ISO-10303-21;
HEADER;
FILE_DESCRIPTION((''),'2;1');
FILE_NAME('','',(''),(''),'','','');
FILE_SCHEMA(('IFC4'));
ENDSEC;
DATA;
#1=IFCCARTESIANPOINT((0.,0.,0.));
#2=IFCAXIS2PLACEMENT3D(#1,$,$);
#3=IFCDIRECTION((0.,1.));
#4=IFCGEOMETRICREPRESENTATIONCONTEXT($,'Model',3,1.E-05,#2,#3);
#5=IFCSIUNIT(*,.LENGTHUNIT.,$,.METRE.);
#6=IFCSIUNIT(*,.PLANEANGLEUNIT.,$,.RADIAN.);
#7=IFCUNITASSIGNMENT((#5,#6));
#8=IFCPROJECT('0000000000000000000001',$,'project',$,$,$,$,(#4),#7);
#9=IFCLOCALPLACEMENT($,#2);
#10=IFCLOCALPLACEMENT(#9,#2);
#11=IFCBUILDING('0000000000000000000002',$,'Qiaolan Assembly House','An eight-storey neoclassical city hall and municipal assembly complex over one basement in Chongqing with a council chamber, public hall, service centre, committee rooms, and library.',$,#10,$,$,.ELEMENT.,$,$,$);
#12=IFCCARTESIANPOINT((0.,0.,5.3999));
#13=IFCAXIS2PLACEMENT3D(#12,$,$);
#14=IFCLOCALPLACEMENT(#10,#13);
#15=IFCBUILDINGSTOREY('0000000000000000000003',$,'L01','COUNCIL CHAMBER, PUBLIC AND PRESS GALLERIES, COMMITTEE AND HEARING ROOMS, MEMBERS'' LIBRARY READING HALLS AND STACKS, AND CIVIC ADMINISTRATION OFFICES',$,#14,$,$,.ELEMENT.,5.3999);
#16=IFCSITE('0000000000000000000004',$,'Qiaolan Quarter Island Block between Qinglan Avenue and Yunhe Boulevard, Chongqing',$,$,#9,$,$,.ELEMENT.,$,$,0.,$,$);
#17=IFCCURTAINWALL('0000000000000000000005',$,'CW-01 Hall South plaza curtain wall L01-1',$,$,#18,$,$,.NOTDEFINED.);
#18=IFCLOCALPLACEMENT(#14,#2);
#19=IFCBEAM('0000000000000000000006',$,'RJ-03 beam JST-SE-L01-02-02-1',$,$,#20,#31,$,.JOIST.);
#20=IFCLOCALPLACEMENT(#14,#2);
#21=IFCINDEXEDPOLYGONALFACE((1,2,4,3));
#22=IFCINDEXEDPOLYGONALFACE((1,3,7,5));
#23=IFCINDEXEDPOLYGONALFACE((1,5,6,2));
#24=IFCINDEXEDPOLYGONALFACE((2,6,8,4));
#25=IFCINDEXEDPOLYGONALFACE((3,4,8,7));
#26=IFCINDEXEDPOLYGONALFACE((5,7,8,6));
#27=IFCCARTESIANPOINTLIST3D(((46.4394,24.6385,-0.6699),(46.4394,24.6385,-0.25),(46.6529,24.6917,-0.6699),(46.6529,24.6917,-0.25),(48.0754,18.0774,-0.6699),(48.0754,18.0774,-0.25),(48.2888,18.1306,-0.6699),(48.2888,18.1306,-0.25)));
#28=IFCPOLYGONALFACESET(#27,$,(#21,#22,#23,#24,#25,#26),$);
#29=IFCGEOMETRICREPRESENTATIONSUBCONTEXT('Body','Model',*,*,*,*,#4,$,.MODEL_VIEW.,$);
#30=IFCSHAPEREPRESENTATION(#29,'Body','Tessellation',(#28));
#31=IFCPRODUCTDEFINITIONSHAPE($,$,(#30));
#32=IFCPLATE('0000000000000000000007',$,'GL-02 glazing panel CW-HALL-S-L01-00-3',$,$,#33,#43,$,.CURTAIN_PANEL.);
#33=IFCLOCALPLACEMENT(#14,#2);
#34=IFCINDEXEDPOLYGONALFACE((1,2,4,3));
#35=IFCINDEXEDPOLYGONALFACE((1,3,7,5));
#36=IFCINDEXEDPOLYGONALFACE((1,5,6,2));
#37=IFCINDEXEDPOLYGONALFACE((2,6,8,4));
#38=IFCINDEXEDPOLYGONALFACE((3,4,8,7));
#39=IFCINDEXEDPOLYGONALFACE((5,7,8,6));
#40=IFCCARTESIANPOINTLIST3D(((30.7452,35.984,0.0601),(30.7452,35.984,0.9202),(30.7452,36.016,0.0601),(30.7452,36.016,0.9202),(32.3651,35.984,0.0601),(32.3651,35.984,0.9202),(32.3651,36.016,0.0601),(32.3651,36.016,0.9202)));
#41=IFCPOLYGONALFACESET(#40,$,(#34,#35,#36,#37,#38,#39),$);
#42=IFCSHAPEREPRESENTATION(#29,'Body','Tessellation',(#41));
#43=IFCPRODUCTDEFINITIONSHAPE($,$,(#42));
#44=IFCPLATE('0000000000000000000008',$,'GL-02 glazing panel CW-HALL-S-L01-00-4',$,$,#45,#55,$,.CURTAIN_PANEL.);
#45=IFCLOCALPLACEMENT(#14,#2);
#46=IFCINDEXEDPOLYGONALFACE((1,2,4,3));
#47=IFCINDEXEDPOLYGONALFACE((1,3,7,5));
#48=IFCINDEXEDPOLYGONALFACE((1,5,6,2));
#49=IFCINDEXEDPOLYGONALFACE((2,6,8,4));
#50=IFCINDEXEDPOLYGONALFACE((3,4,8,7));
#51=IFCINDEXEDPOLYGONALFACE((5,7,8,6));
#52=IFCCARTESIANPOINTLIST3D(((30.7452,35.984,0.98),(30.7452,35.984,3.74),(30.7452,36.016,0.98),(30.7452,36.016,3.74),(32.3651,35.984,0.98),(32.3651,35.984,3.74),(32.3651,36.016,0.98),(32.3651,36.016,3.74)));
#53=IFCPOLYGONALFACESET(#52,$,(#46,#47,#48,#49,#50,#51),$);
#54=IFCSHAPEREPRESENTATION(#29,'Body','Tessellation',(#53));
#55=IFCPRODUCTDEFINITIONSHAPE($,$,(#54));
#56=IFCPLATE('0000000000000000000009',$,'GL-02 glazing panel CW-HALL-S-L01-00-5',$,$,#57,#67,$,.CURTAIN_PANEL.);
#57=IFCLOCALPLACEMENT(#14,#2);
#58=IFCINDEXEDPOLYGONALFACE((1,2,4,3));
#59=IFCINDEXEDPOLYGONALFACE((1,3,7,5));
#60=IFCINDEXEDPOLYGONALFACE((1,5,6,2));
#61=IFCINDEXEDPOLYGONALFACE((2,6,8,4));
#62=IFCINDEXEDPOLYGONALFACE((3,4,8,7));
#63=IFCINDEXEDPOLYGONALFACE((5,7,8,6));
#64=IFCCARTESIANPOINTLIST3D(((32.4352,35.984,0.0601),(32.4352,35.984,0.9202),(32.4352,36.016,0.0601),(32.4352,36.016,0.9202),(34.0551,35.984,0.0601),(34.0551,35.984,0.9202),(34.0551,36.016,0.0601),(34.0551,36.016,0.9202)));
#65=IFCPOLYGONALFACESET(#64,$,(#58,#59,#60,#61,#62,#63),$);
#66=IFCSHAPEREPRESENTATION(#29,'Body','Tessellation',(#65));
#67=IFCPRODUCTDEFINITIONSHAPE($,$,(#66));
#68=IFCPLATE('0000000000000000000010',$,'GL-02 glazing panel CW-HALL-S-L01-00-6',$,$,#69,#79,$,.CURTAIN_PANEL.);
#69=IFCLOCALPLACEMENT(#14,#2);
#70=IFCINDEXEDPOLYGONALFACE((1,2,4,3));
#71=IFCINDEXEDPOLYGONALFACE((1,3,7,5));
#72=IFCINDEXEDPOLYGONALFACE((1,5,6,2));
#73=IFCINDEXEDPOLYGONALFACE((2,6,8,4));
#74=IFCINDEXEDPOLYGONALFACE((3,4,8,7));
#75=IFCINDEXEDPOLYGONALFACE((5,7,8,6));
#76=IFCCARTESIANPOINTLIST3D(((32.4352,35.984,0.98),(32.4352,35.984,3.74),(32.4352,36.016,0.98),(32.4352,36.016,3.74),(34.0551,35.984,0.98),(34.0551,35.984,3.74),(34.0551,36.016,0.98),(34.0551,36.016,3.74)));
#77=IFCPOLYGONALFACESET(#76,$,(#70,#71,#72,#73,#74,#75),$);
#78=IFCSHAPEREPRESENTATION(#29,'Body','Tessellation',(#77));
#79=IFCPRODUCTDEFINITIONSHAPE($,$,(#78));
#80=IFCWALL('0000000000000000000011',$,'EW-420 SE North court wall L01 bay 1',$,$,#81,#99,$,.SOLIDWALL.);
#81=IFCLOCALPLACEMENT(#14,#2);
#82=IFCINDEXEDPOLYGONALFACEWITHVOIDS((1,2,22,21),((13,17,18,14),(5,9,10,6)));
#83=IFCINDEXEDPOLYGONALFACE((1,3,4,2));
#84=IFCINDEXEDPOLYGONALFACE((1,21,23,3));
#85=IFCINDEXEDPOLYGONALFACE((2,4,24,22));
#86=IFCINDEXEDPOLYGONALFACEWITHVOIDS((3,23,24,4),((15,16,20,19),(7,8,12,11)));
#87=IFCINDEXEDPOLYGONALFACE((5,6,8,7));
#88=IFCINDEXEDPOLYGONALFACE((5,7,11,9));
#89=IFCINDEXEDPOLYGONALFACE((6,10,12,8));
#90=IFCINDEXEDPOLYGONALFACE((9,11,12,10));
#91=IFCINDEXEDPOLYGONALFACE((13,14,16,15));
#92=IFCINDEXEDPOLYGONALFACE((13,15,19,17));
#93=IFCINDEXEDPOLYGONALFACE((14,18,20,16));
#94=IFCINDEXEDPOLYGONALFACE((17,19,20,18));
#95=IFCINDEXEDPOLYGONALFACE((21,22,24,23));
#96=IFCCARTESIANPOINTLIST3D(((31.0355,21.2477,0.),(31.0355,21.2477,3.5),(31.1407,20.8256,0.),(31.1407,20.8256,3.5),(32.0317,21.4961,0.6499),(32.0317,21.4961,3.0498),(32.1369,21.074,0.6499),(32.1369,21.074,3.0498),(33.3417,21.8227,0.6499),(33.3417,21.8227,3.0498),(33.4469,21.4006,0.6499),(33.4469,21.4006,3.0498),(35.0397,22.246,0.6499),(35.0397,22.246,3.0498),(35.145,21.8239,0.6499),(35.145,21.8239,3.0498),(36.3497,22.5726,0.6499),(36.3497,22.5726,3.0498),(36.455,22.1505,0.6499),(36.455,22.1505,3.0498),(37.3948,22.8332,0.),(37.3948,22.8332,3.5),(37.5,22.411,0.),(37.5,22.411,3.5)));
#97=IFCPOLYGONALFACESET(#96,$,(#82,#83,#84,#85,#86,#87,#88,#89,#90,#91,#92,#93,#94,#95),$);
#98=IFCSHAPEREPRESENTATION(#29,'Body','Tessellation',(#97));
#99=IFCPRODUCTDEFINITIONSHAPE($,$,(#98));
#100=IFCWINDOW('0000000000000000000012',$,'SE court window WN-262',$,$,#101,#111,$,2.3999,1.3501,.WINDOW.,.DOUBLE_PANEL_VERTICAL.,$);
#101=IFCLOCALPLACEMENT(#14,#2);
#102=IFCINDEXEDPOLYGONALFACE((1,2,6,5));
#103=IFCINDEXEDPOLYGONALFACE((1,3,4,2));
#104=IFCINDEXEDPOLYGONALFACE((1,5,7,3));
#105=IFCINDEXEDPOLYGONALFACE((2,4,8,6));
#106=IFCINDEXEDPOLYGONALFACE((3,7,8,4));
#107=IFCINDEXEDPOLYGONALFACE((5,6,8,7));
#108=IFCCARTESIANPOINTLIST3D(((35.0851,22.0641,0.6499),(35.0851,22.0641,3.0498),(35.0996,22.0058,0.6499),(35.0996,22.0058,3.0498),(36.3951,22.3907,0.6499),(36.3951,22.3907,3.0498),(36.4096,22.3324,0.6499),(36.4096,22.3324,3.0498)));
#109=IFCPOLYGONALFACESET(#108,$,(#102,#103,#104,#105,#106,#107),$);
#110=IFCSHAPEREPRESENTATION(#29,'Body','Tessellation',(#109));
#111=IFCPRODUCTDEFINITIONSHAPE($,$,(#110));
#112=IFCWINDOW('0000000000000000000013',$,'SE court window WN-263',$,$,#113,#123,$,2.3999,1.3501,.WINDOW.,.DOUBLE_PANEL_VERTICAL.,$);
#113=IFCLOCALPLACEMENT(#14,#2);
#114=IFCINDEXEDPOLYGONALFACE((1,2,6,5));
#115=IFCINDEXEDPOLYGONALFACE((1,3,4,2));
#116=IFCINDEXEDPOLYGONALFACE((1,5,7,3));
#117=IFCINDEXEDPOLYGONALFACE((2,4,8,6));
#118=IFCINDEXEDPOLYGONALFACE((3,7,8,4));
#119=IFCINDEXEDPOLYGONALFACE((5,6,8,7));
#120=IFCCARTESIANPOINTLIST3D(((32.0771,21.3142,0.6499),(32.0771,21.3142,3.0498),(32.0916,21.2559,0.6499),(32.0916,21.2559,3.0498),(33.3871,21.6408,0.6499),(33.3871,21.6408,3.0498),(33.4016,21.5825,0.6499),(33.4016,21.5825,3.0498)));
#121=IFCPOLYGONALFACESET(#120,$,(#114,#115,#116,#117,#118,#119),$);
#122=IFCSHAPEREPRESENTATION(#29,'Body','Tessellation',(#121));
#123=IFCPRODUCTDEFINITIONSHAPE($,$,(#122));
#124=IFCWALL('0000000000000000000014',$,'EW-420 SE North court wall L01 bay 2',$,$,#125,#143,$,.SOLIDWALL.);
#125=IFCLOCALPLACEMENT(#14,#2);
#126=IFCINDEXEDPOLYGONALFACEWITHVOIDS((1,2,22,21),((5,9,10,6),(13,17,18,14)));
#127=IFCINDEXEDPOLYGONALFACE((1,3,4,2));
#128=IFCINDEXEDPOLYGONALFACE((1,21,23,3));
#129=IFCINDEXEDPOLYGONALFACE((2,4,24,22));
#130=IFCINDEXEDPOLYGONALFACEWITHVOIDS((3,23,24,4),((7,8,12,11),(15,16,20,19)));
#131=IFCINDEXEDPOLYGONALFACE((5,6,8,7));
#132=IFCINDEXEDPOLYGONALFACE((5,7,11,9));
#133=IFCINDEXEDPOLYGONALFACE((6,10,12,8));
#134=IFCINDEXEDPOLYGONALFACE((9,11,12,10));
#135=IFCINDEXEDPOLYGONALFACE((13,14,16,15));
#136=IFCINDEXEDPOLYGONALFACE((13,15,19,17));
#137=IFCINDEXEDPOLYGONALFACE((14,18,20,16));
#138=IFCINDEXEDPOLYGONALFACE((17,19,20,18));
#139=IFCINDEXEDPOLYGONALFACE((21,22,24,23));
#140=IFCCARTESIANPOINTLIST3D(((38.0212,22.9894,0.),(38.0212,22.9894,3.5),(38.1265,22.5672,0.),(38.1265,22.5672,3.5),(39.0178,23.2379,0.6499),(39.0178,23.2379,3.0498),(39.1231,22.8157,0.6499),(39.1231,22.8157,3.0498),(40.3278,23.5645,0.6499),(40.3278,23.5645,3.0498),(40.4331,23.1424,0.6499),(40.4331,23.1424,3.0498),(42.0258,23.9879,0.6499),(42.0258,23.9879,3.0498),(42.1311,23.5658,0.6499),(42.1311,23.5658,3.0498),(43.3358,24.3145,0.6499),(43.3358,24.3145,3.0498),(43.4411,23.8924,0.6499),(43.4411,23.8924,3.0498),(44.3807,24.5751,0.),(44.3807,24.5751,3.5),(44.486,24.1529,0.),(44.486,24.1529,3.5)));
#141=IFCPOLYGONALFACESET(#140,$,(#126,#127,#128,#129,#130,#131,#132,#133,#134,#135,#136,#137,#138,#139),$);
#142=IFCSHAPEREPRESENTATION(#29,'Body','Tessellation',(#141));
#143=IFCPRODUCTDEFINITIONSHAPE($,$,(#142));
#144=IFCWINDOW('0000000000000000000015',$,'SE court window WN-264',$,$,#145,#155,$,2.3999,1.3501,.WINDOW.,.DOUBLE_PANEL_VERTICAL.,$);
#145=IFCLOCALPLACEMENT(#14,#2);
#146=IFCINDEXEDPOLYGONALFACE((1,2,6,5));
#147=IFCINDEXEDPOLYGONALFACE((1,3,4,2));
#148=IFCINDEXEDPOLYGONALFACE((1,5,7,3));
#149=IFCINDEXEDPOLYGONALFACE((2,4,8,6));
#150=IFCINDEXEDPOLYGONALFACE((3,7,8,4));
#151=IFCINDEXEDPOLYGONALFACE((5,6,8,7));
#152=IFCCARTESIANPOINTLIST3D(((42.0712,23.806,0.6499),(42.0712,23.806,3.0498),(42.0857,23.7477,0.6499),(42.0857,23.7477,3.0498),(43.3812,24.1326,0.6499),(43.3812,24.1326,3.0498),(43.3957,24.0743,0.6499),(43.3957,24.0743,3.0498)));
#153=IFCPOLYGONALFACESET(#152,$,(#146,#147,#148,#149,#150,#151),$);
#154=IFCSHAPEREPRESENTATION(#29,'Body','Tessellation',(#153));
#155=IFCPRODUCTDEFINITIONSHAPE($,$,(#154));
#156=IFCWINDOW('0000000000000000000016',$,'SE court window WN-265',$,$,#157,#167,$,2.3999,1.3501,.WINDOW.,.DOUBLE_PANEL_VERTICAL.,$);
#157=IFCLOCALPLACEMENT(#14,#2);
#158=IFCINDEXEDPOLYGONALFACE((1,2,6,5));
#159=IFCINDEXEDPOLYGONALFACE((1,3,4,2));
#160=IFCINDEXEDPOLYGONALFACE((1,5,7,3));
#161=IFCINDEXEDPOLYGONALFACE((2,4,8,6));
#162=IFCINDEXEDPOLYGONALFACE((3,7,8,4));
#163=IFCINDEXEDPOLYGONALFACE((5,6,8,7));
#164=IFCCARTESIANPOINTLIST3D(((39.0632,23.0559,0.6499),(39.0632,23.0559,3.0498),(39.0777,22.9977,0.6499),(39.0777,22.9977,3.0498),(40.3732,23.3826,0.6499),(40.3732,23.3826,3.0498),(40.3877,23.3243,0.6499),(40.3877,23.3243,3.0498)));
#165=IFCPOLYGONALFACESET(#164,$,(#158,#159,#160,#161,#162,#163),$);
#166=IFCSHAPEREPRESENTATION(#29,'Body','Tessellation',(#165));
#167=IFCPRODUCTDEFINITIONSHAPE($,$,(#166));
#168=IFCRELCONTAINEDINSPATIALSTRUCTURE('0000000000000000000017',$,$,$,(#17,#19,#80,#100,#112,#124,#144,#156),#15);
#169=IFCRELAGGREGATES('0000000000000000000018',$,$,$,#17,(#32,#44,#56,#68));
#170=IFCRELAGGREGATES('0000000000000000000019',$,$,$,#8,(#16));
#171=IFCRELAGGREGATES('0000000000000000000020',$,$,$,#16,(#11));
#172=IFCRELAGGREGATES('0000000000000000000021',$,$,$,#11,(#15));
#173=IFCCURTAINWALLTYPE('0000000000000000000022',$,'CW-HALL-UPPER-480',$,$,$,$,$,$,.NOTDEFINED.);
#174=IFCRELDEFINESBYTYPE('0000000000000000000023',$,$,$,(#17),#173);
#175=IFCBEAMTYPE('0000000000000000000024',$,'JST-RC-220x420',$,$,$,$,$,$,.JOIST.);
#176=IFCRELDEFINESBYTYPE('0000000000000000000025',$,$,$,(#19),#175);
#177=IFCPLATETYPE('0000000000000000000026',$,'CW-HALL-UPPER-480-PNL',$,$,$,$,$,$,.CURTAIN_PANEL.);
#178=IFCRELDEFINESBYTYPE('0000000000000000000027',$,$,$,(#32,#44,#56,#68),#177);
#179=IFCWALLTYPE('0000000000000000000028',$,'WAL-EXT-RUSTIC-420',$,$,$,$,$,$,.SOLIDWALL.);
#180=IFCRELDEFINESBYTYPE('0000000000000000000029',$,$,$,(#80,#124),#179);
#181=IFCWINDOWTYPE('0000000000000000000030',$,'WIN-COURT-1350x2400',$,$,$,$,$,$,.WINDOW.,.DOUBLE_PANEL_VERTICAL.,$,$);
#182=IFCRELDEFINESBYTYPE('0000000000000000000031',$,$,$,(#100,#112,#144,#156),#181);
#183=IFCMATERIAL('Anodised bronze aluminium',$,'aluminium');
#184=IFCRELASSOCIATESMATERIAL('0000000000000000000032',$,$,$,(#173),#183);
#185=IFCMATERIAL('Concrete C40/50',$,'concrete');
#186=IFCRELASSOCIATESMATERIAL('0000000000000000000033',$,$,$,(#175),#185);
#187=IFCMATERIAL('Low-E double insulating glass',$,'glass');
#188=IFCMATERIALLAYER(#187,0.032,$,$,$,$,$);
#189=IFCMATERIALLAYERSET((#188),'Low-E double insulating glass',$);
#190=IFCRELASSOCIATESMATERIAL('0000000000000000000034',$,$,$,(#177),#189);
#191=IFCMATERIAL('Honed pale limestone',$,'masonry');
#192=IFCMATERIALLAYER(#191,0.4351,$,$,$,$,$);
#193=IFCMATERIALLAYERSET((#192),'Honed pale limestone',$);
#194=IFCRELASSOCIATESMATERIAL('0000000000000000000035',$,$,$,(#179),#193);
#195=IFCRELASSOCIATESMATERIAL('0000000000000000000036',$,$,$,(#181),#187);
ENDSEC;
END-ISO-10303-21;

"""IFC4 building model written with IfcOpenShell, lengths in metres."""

from ifc_helpers import new_model, si_unit, direction, frame, frame_2d, origin, origin_2d, place, context, subcontext, project, spatial, rectangle, extrude, material, layer, layer_set, material_profile, profile_set, type_object, element, fill, aggregate, save


model = new_model("IFC4")

# Units and contexts
model_context = context("Model", 3, precision=1e-05, world=origin(), true_north=direction((0.0, 1.0)))
body_context = subcontext(model_context, "Body", "Model", "MODEL_VIEW")
ifc_project = project(units=[si_unit("LENGTHUNIT", "METRE"), si_unit("PLANEANGLEUNIT", "RADIAN")], contexts=[model_context])

# Site, building, storey
site_placement = place(None, origin())
site = spatial("IfcSite", under=ifc_project, at=site_placement, Name="Qiaolan Quarter Island Block between Qinglan Avenue and Yunhe Boulevard, Chongqing", CompositionType="ELEMENT", RefElevation=0.0)
building_placement = place(site_placement, origin())
building = spatial("IfcBuilding", under=site, at=building_placement, Name="Qiaolan Assembly House", Description="An eight-storey neoclassical city hall and municipal assembly complex over one basement in Chongqing with a council chamber, public hall, service centre, committee rooms, and library.", CompositionType="ELEMENT")
storey_placement = place(building_placement, frame((0.0, 0.0, 5.3999)))
storey = spatial("IfcBuildingStorey", under=building, at=storey_placement, Name="L01", Description="COUNCIL CHAMBER, PUBLIC AND PRESS GALLERIES, COMMITTEE AND HEARING ROOMS, MEMBERS' LIBRARY READING HALLS AND STACKS, AND CIVIC ADMINISTRATION OFFICES", CompositionType="ELEMENT", Elevation=5.3999)

# Shared definitions
ifc_material_1 = material(Name="Concrete C40/50", Category="concrete")

# Curtain wall
ifc_material_2 = material(Name="Anodised bronze aluminium", Category="aluminium")
curtain_wall_type = type_object("IfcCurtainWallType", Name="CW-HALL-UPPER-480", PredefinedType="NOTDEFINED", material=ifc_material_2)
curtain_wall_placement = place(storey_placement, origin())
curtain_wall = element("IfcCurtainWall", 1, at=curtain_wall_placement, inside=storey, type_object=curtain_wall_type, Name="CW-01 Hall South plaza curtain wall L01-1", PredefinedType="NOTDEFINED")

# Beam
ifc_material_profile_1 = material_profile(ifc_material_1, rectangle(XDim=0.22, YDim=0.4199, at=origin_2d()), Name="RCB 220x420")
ifc_profile_set_1 = profile_set([ifc_material_profile_1], Name="Concrete C40/50")
beam_type_1 = type_object("IfcBeamType", Name="JST-RC-220x420", PredefinedType="JOIST", material=ifc_profile_set_1)
beam_1_placement = place(storey_placement, frame((48.1821, 18.104, -0.46), z_axis=(-0.241941, 0.970291, 0.0), x_axis=(-0.970291, -0.241941, 0.0)))
element("IfcBeam", 2, at=beam_1_placement, inside=storey, type_object=beam_type_1, Name="RJ-03 beam JST-SE-L01-02-02-1", PredefinedType="JOIST", context=body_context, shape_type="SweptSolid", body=[
    extrude(rectangle(XDim=0.22, YDim=0.4199, at=origin_2d()), origin(), (0.0, 0.0, 1.0), 6.762),
])

# Plates
ifc_material_3 = material(Name="Low-E double insulating glass", Category="glass")
ifc_layer_1 = layer(ifc_material_3, 0.032)
ifc_layer_set_1 = layer_set([ifc_layer_1], Name="Low-E double insulating glass")
plate_type = type_object("IfcPlateType", Name="CW-HALL-UPPER-480-PNL", PredefinedType="CURTAIN_PANEL", material=ifc_layer_set_1)
plate_1_placement = place(storey_placement, frame((30.7451, 36.0, 0.0601), z_axis=(0.0, 0.0, 1.0), x_axis=(1.0, 0.0, 0.0)))
plate_1 = element("IfcPlate", 3, at=plate_1_placement, type_object=plate_type, Name="GL-02 glazing panel CW-HALL-S-L01-00-3", PredefinedType="CURTAIN_PANEL", context=body_context, shape_type="SweptSolid", body=[
    extrude(rectangle(XDim=1.6199, YDim=0.032, at=frame_2d((0.8101, 0.0))), origin(), (0.0, 0.0, 1.0), 0.8601),
])
plate_2_placement = place(storey_placement, frame((30.7451, 36.0, 0.98), z_axis=(0.0, 0.0, 1.0), x_axis=(1.0, 0.0, 0.0)))
plate_2 = element("IfcPlate", 4, at=plate_2_placement, type_object=plate_type, Name="GL-02 glazing panel CW-HALL-S-L01-00-4", PredefinedType="CURTAIN_PANEL", context=body_context, shape_type="SweptSolid", body=[
    extrude(rectangle(XDim=1.6199, YDim=0.032, at=frame_2d((0.8101, 0.0))), origin(), (0.0, 0.0, 1.0), 2.76),
])
plate_3_placement = place(storey_placement, frame((32.4351, 36.0, 0.0601), z_axis=(0.0, 0.0, 1.0), x_axis=(1.0, 0.0, 0.0)))
plate_3 = element("IfcPlate", 5, at=plate_3_placement, type_object=plate_type, Name="GL-02 glazing panel CW-HALL-S-L01-00-5", PredefinedType="CURTAIN_PANEL", context=body_context, shape_type="SweptSolid", body=[
    extrude(rectangle(XDim=1.6199, YDim=0.032, at=frame_2d((0.8101, 0.0))), origin(), (0.0, 0.0, 1.0), 0.8601),
])
plate_4_placement = place(storey_placement, frame((32.4351, 36.0, 0.98), z_axis=(0.0, 0.0, 1.0), x_axis=(1.0, 0.0, 0.0)))
plate_4 = element("IfcPlate", 6, at=plate_4_placement, type_object=plate_type, Name="GL-02 glazing panel CW-HALL-S-L01-00-6", PredefinedType="CURTAIN_PANEL", context=body_context, shape_type="SweptSolid", body=[
    extrude(rectangle(XDim=1.6199, YDim=0.032, at=frame_2d((0.8101, 0.0))), origin(), (0.0, 0.0, 1.0), 2.76),
])
aggregate(curtain_wall, [plate_1, plate_2, plate_3, plate_4])

# Walls, openings, windows
ifc_material_4 = material(Name="Honed pale limestone", Category="masonry")
ifc_layer_2 = layer(ifc_material_4, 0.4351)
ifc_layer_set_2 = layer_set([ifc_layer_2], Name="Honed pale limestone")
wall_type_1 = type_object("IfcWallType", Name="WAL-EXT-RUSTIC-420", PredefinedType="SOLIDWALL", material=ifc_layer_set_2)
wall_1_placement = place(storey_placement, frame((37.4473, 22.6221, 0.0), z_axis=(0.0, 0.0, 1.0), x_axis=(-0.9703, -0.241905, 0.0)))
wall_1 = element("IfcWall", 7, at=wall_1_placement, inside=storey, type_object=wall_type_1, Name="EW-420 SE North court wall L01 bay 1", PredefinedType="SOLIDWALL", context=body_context, shape_type="SweptSolid", body=[
    extrude(rectangle(XDim=6.554, YDim=0.4351, at=frame_2d((3.2769, 0.0))), origin(), (0.0, 0.0, 1.0), 3.5),
])
opening_1_placement = place(wall_1_placement, frame((1.0769, 0.0, 0.6499)))
opening_1 = element("IfcOpeningElement", 8, at=opening_1_placement, cuts=wall_1, PredefinedType="OPENING", context=body_context, shape_type="SweptSolid", body=[
    extrude(rectangle(XDim=1.3501, YDim=2.3999, at=frame_2d((0.675, 1.2))), frame((0.0, 0.2275, 0.0), z_axis=(0.0, -1.0, 0.0), x_axis=(1.0, 0.0, 0.0)), (0.0, 0.0, 1.0), 0.4551),
])
opening_2_placement = place(wall_1_placement, frame((4.177, 0.0, 0.6499)))
opening_2 = element("IfcOpeningElement", 9, at=opening_2_placement, cuts=wall_1, PredefinedType="OPENING", context=body_context, shape_type="SweptSolid", body=[
    extrude(rectangle(XDim=1.3501, YDim=2.3999, at=frame_2d((0.675, 1.2))), frame((0.0, 0.2275, 0.0), z_axis=(0.0, -1.0, 0.0), x_axis=(1.0, 0.0, 0.0)), (0.0, 0.0, 1.0), 0.4551),
])
window_type = type_object("IfcWindowType", Name="WIN-COURT-1350x2400", PartitioningType="DOUBLE_PANEL_VERTICAL", PredefinedType="WINDOW", material=ifc_material_3)
window_1_placement = place(opening_1_placement, origin())
window_1 = element("IfcWindow", 10, at=window_1_placement, inside=storey, type_object=window_type, Name="SE court window WN-262", OverallHeight=2.3999, OverallWidth=1.3501, PartitioningType="DOUBLE_PANEL_VERTICAL", PredefinedType="WINDOW", context=body_context, shape_type="SweptSolid", body=[
    extrude(rectangle(XDim=1.3501, YDim=2.3999, at=frame_2d((0.675, 1.2))), frame((0.0, 0.03, 0.0), z_axis=(0.0, -1.0, 0.0), x_axis=(1.0, 0.0, 0.0)), (0.0, 0.0, 1.0), 0.0601),
])
fill(opening_1, window_1)
window_2_placement = place(opening_2_placement, origin())
window_2 = element("IfcWindow", 11, at=window_2_placement, inside=storey, type_object=window_type, Name="SE court window WN-263", OverallHeight=2.3999, OverallWidth=1.3501, PartitioningType="DOUBLE_PANEL_VERTICAL", PredefinedType="WINDOW", context=body_context, shape_type="SweptSolid", body=[
    extrude(rectangle(XDim=1.3501, YDim=2.3999, at=frame_2d((0.675, 1.2))), frame((0.0, 0.03, 0.0), z_axis=(0.0, -1.0, 0.0), x_axis=(1.0, 0.0, 0.0)), (0.0, 0.0, 1.0), 0.0601),
])
fill(opening_2, window_2)
wall_2_placement = place(storey_placement, frame((44.4333, 24.364, 0.0), z_axis=(0.0, 0.0, 1.0), x_axis=(-0.970291, -0.24194, 0.0)))
wall_2 = element("IfcWall", 12, at=wall_2_placement, inside=storey, type_object=wall_type_1, Name="EW-420 SE North court wall L01 bay 2", PredefinedType="SOLIDWALL", context=body_context, shape_type="SweptSolid", body=[
    extrude(rectangle(XDim=6.5542, YDim=0.4351, at=frame_2d((3.2771, 0.0))), origin(), (0.0, 0.0, 1.0), 3.5),
])
opening_3_placement = place(wall_2_placement, frame((1.0769, 0.0, 0.6499)))
opening_3 = element("IfcOpeningElement", 13, at=opening_3_placement, cuts=wall_2, PredefinedType="OPENING", context=body_context, shape_type="SweptSolid", body=[
    extrude(rectangle(XDim=1.3501, YDim=2.3999, at=frame_2d((0.675, 1.2))), frame((0.0, 0.2275, 0.0), z_axis=(0.0, -1.0, 0.0), x_axis=(1.0, 0.0, 0.0)), (0.0, 0.0, 1.0), 0.4551),
])
opening_4_placement = place(wall_2_placement, frame((4.177, 0.0, 0.6499)))
opening_4 = element("IfcOpeningElement", 14, at=opening_4_placement, cuts=wall_2, PredefinedType="OPENING", context=body_context, shape_type="SweptSolid", body=[
    extrude(rectangle(XDim=1.3501, YDim=2.3999, at=frame_2d((0.675, 1.2))), frame((0.0, 0.2275, 0.0), z_axis=(0.0, -1.0, 0.0), x_axis=(1.0, 0.0, 0.0)), (0.0, 0.0, 1.0), 0.4551),
])
window_3_placement = place(opening_3_placement, origin())
window_3 = element("IfcWindow", 15, at=window_3_placement, inside=storey, type_object=window_type, Name="SE court window WN-264", OverallHeight=2.3999, OverallWidth=1.3501, PartitioningType="DOUBLE_PANEL_VERTICAL", PredefinedType="WINDOW", context=body_context, shape_type="SweptSolid", body=[
    extrude(rectangle(XDim=1.3501, YDim=2.3999, at=frame_2d((0.675, 1.2))), frame((0.0, 0.03, 0.0), z_axis=(0.0, -1.0, 0.0), x_axis=(1.0, 0.0, 0.0)), (0.0, 0.0, 1.0), 0.0601),
])
fill(opening_3, window_3)
window_4_placement = place(opening_4_placement, origin())
window_4 = element("IfcWindow", 16, at=window_4_placement, inside=storey, type_object=window_type, Name="SE court window WN-265", OverallHeight=2.3999, OverallWidth=1.3501, PartitioningType="DOUBLE_PANEL_VERTICAL", PredefinedType="WINDOW", context=body_context, shape_type="SweptSolid", body=[
    extrude(rectangle(XDim=1.3501, YDim=2.3999, at=frame_2d((0.675, 1.2))), frame((0.0, 0.03, 0.0), z_axis=(0.0, -1.0, 0.0), x_axis=(1.0, 0.0, 0.0)), (0.0, 0.0, 1.0), 0.0601),
])
fill(opening_4, window_4)

save(model, "model.ifc")
